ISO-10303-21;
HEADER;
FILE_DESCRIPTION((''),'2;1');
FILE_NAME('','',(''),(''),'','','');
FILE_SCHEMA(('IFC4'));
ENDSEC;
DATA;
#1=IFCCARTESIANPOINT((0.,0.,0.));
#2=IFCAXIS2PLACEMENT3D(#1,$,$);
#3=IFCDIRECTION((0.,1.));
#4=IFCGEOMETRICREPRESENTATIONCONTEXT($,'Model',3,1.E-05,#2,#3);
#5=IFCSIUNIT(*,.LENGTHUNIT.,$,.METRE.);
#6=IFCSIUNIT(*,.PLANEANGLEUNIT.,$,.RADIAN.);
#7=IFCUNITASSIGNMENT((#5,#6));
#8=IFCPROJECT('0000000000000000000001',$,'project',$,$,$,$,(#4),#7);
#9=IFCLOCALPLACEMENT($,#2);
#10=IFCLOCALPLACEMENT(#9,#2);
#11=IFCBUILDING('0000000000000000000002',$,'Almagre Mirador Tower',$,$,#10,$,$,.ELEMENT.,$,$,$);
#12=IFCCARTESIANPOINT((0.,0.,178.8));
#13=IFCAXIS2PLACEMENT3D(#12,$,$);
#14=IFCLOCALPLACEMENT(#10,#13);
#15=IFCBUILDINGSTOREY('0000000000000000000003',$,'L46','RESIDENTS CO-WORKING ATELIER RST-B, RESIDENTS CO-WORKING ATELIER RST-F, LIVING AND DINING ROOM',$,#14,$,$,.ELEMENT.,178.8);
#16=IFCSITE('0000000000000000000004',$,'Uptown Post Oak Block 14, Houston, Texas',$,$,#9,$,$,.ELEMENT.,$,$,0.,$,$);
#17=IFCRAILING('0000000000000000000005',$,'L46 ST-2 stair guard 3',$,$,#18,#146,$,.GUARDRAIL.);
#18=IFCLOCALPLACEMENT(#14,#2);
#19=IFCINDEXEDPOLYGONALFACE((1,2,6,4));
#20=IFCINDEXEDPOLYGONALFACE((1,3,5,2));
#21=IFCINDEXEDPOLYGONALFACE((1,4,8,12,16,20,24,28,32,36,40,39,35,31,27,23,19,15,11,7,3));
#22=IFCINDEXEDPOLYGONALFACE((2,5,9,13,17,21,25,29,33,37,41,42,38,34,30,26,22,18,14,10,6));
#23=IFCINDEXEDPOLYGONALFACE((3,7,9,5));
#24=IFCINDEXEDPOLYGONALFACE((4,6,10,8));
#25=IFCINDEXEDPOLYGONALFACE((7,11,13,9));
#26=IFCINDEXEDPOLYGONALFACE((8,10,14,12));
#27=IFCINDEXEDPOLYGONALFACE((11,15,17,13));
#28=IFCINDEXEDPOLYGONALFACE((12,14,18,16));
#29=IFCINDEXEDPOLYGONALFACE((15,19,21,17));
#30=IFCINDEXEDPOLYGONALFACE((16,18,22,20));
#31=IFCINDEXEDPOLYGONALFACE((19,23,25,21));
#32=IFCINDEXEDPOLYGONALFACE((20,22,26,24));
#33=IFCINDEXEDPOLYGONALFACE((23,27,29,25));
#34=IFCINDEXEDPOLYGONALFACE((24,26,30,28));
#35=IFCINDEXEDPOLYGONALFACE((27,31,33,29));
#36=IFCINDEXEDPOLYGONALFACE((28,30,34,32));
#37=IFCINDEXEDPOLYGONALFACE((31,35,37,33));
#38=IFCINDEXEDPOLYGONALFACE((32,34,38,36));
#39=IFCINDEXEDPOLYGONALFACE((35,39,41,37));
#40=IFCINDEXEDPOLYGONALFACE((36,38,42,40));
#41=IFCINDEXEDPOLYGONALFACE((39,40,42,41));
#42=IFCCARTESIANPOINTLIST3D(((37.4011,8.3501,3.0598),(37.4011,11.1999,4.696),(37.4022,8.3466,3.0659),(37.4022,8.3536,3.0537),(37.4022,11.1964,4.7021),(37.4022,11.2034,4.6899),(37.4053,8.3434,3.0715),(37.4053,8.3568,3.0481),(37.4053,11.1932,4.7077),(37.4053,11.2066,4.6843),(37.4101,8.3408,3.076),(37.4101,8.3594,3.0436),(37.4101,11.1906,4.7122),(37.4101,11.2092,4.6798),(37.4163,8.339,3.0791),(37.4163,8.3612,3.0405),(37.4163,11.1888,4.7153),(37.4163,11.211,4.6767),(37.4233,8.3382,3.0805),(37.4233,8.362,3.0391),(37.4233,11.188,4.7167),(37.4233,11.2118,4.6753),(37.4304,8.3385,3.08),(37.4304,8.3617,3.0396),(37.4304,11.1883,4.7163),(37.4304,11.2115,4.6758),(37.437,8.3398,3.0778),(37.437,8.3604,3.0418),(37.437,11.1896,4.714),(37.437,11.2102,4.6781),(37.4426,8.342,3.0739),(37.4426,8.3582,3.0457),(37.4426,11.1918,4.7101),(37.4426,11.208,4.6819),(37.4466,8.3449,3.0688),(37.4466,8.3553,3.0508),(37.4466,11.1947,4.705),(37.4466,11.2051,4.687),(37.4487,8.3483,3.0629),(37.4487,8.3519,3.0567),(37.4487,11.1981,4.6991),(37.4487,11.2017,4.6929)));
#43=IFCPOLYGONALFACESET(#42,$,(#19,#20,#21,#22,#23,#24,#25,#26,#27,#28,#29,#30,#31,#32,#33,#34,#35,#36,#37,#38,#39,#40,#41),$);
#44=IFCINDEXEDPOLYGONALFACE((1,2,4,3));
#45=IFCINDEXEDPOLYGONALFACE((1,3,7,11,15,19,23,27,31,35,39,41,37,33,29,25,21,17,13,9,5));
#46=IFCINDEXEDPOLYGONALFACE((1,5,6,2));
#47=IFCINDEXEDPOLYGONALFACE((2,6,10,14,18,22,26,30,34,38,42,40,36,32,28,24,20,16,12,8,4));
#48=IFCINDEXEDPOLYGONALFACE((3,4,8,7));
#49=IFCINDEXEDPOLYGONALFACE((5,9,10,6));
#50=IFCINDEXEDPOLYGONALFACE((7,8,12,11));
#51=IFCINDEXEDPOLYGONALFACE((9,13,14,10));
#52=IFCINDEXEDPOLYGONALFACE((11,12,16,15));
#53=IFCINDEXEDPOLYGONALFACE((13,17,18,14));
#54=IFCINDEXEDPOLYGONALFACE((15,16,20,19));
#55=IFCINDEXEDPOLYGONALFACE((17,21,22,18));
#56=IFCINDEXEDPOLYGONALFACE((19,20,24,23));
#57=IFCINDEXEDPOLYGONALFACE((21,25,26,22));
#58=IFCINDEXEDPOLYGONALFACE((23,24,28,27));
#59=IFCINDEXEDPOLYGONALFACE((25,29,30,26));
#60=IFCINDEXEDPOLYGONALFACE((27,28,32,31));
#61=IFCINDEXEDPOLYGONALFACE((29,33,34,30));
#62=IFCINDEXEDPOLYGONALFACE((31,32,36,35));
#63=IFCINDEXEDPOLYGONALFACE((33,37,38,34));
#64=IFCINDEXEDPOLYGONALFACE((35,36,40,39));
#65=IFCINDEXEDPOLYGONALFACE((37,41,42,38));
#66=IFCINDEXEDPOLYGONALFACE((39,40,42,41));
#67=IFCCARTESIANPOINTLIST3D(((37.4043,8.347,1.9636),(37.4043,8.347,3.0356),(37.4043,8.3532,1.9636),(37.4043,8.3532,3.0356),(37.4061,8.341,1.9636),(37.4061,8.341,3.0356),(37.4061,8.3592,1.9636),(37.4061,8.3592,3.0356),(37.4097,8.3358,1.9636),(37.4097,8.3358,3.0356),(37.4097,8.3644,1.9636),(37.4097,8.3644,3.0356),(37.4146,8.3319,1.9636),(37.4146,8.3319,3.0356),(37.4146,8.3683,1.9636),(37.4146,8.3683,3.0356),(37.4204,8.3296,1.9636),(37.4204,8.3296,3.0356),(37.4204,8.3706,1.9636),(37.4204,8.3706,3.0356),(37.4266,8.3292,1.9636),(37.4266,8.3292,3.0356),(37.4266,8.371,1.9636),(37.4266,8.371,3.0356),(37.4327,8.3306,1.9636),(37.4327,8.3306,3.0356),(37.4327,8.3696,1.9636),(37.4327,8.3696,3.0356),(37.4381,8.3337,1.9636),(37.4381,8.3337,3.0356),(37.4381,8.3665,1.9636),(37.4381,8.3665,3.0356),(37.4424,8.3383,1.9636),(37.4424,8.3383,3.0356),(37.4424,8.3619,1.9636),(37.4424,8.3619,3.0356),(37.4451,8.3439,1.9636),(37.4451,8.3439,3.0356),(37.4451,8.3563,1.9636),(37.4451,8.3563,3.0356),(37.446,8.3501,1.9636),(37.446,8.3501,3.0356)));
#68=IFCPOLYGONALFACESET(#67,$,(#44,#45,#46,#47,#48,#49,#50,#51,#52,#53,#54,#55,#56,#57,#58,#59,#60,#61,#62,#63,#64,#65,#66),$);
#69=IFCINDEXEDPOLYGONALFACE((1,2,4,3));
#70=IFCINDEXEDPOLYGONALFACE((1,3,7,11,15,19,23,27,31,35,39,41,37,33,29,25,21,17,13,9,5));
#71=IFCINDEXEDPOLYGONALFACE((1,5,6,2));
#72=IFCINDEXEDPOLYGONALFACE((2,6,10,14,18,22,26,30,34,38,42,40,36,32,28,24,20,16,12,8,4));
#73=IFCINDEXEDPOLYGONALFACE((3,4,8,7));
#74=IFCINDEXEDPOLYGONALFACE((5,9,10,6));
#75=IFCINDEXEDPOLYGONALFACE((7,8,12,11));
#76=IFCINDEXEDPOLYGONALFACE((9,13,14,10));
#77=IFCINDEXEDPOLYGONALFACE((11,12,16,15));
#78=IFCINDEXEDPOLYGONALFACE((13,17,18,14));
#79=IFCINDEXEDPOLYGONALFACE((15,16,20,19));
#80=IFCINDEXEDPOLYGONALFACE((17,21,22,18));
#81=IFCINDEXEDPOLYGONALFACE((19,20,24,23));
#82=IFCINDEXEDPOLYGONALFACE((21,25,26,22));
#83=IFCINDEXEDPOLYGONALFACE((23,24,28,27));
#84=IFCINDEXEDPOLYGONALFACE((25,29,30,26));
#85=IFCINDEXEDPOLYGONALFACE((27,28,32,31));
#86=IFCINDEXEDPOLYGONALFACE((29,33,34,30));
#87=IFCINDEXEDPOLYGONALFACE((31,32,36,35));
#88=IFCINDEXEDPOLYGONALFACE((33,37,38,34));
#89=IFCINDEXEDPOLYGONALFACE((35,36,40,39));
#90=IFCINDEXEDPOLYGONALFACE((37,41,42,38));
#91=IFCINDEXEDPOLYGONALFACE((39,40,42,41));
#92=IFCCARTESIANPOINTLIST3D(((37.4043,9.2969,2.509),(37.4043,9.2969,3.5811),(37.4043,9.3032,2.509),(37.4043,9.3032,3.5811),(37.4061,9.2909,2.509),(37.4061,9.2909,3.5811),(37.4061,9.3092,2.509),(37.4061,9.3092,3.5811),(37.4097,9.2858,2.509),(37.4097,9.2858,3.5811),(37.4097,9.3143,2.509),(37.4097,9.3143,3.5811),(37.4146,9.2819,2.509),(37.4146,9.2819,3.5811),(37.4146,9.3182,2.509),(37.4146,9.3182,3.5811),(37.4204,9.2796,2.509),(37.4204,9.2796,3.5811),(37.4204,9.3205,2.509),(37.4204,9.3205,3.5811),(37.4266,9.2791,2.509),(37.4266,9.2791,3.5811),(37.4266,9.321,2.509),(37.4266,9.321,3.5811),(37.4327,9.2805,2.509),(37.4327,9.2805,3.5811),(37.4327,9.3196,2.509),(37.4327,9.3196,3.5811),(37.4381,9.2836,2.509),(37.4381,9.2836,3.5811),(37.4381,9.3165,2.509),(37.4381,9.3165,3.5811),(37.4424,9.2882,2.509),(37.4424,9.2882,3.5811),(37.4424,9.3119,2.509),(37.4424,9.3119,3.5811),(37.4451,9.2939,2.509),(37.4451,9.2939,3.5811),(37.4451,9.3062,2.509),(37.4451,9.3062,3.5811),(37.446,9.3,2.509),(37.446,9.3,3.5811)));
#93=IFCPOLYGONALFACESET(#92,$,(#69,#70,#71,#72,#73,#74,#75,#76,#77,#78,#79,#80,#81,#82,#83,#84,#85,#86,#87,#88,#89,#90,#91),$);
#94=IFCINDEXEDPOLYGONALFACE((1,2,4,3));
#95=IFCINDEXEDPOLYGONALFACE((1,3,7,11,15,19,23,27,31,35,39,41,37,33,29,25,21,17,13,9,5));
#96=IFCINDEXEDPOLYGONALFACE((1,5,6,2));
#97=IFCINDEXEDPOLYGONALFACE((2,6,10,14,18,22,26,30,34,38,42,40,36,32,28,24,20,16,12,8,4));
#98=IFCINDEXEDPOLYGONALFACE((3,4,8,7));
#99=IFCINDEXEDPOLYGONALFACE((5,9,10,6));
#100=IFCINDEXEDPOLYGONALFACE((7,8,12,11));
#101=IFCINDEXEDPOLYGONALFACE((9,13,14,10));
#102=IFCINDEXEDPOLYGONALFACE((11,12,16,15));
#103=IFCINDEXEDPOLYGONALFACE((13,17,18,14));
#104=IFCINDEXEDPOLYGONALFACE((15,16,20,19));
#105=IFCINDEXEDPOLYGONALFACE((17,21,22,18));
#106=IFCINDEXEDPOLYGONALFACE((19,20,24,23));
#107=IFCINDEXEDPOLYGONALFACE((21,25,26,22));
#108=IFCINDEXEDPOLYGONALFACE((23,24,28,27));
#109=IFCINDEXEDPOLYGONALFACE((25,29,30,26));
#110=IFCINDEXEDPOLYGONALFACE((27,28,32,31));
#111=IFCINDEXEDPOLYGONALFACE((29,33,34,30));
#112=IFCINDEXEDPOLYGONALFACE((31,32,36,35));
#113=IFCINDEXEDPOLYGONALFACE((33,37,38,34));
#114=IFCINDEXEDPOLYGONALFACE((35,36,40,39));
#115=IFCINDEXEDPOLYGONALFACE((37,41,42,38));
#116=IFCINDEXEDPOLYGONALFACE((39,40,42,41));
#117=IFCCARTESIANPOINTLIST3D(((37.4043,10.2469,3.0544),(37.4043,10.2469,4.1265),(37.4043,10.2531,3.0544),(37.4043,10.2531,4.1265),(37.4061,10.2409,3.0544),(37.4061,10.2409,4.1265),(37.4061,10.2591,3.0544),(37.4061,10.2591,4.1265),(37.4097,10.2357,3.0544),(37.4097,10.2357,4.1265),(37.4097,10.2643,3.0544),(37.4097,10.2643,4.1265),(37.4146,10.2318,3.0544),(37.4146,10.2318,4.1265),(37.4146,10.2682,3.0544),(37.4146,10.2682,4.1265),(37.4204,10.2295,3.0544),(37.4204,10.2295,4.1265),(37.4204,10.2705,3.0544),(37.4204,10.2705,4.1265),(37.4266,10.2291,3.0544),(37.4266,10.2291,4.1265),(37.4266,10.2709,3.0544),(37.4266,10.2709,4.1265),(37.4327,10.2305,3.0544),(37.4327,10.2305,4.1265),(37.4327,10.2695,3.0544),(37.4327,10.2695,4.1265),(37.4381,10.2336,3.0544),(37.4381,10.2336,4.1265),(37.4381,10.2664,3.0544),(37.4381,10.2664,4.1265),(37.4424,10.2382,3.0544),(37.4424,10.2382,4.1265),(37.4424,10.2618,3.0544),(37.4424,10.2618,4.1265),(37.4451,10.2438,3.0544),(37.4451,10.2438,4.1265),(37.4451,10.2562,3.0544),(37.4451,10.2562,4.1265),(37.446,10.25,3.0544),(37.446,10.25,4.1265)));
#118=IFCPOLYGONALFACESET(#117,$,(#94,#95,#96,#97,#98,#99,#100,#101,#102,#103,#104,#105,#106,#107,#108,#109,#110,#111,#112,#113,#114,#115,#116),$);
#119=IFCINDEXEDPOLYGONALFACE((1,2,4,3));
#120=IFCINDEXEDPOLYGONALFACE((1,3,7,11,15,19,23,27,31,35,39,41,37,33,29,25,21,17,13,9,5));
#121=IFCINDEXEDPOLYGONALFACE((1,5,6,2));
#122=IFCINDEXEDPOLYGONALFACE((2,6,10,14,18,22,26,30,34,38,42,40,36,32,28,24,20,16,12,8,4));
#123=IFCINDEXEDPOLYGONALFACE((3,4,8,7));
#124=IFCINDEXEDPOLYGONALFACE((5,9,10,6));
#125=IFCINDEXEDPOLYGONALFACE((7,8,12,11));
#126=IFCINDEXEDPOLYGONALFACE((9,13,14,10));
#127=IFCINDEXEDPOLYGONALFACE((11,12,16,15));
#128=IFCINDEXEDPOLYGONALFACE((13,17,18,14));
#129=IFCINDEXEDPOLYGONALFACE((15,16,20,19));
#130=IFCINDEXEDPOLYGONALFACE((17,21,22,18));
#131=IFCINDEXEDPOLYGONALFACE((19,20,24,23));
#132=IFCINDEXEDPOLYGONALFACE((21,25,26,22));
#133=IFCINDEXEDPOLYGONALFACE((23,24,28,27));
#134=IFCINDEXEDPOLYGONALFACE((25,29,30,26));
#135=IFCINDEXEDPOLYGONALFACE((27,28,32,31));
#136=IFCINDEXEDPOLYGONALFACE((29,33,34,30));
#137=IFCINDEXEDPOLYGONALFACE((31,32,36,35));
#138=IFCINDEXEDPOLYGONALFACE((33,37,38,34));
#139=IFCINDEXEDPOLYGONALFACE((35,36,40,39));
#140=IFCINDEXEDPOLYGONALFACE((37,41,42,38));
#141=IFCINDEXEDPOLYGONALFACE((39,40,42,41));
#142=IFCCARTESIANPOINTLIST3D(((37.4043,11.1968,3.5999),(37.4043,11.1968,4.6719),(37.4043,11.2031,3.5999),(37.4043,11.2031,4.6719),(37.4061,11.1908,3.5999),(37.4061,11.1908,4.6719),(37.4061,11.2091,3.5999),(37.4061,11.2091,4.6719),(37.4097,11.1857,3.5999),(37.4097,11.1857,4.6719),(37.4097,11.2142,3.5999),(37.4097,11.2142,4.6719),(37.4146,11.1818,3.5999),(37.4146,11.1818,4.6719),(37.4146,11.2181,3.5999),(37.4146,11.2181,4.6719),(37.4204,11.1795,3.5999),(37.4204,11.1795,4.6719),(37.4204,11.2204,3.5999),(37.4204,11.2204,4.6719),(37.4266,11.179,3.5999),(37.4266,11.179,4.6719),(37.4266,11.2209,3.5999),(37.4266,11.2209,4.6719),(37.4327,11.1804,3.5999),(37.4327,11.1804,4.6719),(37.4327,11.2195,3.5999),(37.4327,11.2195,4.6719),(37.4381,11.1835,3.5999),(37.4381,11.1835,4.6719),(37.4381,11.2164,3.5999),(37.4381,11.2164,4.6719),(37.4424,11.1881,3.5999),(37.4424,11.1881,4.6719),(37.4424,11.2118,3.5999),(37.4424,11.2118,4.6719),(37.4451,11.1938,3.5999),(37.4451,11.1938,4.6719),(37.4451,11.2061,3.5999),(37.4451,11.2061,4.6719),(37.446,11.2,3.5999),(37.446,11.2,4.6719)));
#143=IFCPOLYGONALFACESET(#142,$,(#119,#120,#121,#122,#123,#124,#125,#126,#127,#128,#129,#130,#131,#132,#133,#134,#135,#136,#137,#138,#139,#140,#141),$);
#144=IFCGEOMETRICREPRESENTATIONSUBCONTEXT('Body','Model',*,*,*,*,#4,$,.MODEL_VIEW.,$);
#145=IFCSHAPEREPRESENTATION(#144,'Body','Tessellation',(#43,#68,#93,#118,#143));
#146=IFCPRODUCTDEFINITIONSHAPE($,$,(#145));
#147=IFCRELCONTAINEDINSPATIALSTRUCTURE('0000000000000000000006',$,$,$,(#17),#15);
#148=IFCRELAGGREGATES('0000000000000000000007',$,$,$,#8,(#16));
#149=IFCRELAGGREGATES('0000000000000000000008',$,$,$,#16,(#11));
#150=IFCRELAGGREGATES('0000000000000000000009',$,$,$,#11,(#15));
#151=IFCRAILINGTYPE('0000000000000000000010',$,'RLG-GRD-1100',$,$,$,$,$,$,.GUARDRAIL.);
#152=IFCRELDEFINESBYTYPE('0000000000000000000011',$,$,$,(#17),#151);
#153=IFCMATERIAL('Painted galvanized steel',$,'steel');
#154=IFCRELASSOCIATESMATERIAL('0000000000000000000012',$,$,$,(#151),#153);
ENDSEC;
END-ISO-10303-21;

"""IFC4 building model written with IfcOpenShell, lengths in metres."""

from ifc_helpers import new_model, si_unit, direction, frame, origin, origin_2d, place, context, subcontext, project, spatial, circle, extrude, material, type_object, element, save


model = new_model("IFC4")

# Units and contexts
model_context = context("Model", 3, precision=1e-05, world=origin(), true_north=direction((0.0, 1.0)))
body_context = subcontext(model_context, "Body", "Model", "MODEL_VIEW")
ifc_project = project(units=[si_unit("LENGTHUNIT", "METRE"), si_unit("PLANEANGLEUNIT", "RADIAN")], contexts=[model_context])

# Site, building, storey
site_placement = place(None, origin())
site = spatial("IfcSite", under=ifc_project, at=site_placement, Name="Uptown Post Oak Block 14, Houston, Texas", CompositionType="ELEMENT", RefElevation=0.0)
building_placement = place(site_placement, origin())
building = spatial("IfcBuilding", under=site, at=building_placement, Name="Almagre Mirador Tower", CompositionType="ELEMENT")
storey_placement = place(building_placement, frame((0.0, 0.0, 178.8)))
storey = spatial("IfcBuildingStorey", under=building, at=storey_placement, Name="L46", Description="RESIDENTS CO-WORKING ATELIER RST-B, RESIDENTS CO-WORKING ATELIER RST-F, LIVING AND DINING ROOM", CompositionType="ELEMENT", Elevation=178.8)

# Railing
ifc_material_1 = material(Name="Painted galvanized steel", Category="steel")
railing_type_1 = type_object("IfcRailingType", Name="RLG-GRD-1100", PredefinedType="GUARDRAIL", material=ifc_material_1)
railing_1_placement = place(storey_placement, frame((37.425, 8.3501, 1.9636)))
element("IfcRailing", 1, at=railing_1_placement, inside=storey, type_object=railing_type_1, Name="L46 ST-2 stair guard 3", PredefinedType="GUARDRAIL", context=body_context, shape_type="SweptSolid", body=[
    extrude(circle(Radius=0.0239, at=origin_2d()), frame((0.0, 0.0, 1.0962), z_axis=(0.0, 0.867226, 0.497914), x_axis=(-1.0, 0.0, 0.0)), (0.0, 0.0, 1.0), 3.2861),
    extrude(circle(Radius=0.021, at=origin_2d()), origin(), (0.0, 0.0, 1.0), 1.072),
    extrude(circle(Radius=0.021, at=origin_2d()), frame((0.0, 0.95, 0.5454)), (0.0, 0.0, 1.0), 1.072),
    extrude(circle(Radius=0.021, at=origin_2d()), frame((0.0, 1.8999, 1.0908)), (0.0, 0.0, 1.0), 1.072),
    extrude(circle(Radius=0.021, at=origin_2d()), frame((0.0, 2.8499, 1.6362)), (0.0, 0.0, 1.0), 1.072),
])

save(model, "model.ifc")
